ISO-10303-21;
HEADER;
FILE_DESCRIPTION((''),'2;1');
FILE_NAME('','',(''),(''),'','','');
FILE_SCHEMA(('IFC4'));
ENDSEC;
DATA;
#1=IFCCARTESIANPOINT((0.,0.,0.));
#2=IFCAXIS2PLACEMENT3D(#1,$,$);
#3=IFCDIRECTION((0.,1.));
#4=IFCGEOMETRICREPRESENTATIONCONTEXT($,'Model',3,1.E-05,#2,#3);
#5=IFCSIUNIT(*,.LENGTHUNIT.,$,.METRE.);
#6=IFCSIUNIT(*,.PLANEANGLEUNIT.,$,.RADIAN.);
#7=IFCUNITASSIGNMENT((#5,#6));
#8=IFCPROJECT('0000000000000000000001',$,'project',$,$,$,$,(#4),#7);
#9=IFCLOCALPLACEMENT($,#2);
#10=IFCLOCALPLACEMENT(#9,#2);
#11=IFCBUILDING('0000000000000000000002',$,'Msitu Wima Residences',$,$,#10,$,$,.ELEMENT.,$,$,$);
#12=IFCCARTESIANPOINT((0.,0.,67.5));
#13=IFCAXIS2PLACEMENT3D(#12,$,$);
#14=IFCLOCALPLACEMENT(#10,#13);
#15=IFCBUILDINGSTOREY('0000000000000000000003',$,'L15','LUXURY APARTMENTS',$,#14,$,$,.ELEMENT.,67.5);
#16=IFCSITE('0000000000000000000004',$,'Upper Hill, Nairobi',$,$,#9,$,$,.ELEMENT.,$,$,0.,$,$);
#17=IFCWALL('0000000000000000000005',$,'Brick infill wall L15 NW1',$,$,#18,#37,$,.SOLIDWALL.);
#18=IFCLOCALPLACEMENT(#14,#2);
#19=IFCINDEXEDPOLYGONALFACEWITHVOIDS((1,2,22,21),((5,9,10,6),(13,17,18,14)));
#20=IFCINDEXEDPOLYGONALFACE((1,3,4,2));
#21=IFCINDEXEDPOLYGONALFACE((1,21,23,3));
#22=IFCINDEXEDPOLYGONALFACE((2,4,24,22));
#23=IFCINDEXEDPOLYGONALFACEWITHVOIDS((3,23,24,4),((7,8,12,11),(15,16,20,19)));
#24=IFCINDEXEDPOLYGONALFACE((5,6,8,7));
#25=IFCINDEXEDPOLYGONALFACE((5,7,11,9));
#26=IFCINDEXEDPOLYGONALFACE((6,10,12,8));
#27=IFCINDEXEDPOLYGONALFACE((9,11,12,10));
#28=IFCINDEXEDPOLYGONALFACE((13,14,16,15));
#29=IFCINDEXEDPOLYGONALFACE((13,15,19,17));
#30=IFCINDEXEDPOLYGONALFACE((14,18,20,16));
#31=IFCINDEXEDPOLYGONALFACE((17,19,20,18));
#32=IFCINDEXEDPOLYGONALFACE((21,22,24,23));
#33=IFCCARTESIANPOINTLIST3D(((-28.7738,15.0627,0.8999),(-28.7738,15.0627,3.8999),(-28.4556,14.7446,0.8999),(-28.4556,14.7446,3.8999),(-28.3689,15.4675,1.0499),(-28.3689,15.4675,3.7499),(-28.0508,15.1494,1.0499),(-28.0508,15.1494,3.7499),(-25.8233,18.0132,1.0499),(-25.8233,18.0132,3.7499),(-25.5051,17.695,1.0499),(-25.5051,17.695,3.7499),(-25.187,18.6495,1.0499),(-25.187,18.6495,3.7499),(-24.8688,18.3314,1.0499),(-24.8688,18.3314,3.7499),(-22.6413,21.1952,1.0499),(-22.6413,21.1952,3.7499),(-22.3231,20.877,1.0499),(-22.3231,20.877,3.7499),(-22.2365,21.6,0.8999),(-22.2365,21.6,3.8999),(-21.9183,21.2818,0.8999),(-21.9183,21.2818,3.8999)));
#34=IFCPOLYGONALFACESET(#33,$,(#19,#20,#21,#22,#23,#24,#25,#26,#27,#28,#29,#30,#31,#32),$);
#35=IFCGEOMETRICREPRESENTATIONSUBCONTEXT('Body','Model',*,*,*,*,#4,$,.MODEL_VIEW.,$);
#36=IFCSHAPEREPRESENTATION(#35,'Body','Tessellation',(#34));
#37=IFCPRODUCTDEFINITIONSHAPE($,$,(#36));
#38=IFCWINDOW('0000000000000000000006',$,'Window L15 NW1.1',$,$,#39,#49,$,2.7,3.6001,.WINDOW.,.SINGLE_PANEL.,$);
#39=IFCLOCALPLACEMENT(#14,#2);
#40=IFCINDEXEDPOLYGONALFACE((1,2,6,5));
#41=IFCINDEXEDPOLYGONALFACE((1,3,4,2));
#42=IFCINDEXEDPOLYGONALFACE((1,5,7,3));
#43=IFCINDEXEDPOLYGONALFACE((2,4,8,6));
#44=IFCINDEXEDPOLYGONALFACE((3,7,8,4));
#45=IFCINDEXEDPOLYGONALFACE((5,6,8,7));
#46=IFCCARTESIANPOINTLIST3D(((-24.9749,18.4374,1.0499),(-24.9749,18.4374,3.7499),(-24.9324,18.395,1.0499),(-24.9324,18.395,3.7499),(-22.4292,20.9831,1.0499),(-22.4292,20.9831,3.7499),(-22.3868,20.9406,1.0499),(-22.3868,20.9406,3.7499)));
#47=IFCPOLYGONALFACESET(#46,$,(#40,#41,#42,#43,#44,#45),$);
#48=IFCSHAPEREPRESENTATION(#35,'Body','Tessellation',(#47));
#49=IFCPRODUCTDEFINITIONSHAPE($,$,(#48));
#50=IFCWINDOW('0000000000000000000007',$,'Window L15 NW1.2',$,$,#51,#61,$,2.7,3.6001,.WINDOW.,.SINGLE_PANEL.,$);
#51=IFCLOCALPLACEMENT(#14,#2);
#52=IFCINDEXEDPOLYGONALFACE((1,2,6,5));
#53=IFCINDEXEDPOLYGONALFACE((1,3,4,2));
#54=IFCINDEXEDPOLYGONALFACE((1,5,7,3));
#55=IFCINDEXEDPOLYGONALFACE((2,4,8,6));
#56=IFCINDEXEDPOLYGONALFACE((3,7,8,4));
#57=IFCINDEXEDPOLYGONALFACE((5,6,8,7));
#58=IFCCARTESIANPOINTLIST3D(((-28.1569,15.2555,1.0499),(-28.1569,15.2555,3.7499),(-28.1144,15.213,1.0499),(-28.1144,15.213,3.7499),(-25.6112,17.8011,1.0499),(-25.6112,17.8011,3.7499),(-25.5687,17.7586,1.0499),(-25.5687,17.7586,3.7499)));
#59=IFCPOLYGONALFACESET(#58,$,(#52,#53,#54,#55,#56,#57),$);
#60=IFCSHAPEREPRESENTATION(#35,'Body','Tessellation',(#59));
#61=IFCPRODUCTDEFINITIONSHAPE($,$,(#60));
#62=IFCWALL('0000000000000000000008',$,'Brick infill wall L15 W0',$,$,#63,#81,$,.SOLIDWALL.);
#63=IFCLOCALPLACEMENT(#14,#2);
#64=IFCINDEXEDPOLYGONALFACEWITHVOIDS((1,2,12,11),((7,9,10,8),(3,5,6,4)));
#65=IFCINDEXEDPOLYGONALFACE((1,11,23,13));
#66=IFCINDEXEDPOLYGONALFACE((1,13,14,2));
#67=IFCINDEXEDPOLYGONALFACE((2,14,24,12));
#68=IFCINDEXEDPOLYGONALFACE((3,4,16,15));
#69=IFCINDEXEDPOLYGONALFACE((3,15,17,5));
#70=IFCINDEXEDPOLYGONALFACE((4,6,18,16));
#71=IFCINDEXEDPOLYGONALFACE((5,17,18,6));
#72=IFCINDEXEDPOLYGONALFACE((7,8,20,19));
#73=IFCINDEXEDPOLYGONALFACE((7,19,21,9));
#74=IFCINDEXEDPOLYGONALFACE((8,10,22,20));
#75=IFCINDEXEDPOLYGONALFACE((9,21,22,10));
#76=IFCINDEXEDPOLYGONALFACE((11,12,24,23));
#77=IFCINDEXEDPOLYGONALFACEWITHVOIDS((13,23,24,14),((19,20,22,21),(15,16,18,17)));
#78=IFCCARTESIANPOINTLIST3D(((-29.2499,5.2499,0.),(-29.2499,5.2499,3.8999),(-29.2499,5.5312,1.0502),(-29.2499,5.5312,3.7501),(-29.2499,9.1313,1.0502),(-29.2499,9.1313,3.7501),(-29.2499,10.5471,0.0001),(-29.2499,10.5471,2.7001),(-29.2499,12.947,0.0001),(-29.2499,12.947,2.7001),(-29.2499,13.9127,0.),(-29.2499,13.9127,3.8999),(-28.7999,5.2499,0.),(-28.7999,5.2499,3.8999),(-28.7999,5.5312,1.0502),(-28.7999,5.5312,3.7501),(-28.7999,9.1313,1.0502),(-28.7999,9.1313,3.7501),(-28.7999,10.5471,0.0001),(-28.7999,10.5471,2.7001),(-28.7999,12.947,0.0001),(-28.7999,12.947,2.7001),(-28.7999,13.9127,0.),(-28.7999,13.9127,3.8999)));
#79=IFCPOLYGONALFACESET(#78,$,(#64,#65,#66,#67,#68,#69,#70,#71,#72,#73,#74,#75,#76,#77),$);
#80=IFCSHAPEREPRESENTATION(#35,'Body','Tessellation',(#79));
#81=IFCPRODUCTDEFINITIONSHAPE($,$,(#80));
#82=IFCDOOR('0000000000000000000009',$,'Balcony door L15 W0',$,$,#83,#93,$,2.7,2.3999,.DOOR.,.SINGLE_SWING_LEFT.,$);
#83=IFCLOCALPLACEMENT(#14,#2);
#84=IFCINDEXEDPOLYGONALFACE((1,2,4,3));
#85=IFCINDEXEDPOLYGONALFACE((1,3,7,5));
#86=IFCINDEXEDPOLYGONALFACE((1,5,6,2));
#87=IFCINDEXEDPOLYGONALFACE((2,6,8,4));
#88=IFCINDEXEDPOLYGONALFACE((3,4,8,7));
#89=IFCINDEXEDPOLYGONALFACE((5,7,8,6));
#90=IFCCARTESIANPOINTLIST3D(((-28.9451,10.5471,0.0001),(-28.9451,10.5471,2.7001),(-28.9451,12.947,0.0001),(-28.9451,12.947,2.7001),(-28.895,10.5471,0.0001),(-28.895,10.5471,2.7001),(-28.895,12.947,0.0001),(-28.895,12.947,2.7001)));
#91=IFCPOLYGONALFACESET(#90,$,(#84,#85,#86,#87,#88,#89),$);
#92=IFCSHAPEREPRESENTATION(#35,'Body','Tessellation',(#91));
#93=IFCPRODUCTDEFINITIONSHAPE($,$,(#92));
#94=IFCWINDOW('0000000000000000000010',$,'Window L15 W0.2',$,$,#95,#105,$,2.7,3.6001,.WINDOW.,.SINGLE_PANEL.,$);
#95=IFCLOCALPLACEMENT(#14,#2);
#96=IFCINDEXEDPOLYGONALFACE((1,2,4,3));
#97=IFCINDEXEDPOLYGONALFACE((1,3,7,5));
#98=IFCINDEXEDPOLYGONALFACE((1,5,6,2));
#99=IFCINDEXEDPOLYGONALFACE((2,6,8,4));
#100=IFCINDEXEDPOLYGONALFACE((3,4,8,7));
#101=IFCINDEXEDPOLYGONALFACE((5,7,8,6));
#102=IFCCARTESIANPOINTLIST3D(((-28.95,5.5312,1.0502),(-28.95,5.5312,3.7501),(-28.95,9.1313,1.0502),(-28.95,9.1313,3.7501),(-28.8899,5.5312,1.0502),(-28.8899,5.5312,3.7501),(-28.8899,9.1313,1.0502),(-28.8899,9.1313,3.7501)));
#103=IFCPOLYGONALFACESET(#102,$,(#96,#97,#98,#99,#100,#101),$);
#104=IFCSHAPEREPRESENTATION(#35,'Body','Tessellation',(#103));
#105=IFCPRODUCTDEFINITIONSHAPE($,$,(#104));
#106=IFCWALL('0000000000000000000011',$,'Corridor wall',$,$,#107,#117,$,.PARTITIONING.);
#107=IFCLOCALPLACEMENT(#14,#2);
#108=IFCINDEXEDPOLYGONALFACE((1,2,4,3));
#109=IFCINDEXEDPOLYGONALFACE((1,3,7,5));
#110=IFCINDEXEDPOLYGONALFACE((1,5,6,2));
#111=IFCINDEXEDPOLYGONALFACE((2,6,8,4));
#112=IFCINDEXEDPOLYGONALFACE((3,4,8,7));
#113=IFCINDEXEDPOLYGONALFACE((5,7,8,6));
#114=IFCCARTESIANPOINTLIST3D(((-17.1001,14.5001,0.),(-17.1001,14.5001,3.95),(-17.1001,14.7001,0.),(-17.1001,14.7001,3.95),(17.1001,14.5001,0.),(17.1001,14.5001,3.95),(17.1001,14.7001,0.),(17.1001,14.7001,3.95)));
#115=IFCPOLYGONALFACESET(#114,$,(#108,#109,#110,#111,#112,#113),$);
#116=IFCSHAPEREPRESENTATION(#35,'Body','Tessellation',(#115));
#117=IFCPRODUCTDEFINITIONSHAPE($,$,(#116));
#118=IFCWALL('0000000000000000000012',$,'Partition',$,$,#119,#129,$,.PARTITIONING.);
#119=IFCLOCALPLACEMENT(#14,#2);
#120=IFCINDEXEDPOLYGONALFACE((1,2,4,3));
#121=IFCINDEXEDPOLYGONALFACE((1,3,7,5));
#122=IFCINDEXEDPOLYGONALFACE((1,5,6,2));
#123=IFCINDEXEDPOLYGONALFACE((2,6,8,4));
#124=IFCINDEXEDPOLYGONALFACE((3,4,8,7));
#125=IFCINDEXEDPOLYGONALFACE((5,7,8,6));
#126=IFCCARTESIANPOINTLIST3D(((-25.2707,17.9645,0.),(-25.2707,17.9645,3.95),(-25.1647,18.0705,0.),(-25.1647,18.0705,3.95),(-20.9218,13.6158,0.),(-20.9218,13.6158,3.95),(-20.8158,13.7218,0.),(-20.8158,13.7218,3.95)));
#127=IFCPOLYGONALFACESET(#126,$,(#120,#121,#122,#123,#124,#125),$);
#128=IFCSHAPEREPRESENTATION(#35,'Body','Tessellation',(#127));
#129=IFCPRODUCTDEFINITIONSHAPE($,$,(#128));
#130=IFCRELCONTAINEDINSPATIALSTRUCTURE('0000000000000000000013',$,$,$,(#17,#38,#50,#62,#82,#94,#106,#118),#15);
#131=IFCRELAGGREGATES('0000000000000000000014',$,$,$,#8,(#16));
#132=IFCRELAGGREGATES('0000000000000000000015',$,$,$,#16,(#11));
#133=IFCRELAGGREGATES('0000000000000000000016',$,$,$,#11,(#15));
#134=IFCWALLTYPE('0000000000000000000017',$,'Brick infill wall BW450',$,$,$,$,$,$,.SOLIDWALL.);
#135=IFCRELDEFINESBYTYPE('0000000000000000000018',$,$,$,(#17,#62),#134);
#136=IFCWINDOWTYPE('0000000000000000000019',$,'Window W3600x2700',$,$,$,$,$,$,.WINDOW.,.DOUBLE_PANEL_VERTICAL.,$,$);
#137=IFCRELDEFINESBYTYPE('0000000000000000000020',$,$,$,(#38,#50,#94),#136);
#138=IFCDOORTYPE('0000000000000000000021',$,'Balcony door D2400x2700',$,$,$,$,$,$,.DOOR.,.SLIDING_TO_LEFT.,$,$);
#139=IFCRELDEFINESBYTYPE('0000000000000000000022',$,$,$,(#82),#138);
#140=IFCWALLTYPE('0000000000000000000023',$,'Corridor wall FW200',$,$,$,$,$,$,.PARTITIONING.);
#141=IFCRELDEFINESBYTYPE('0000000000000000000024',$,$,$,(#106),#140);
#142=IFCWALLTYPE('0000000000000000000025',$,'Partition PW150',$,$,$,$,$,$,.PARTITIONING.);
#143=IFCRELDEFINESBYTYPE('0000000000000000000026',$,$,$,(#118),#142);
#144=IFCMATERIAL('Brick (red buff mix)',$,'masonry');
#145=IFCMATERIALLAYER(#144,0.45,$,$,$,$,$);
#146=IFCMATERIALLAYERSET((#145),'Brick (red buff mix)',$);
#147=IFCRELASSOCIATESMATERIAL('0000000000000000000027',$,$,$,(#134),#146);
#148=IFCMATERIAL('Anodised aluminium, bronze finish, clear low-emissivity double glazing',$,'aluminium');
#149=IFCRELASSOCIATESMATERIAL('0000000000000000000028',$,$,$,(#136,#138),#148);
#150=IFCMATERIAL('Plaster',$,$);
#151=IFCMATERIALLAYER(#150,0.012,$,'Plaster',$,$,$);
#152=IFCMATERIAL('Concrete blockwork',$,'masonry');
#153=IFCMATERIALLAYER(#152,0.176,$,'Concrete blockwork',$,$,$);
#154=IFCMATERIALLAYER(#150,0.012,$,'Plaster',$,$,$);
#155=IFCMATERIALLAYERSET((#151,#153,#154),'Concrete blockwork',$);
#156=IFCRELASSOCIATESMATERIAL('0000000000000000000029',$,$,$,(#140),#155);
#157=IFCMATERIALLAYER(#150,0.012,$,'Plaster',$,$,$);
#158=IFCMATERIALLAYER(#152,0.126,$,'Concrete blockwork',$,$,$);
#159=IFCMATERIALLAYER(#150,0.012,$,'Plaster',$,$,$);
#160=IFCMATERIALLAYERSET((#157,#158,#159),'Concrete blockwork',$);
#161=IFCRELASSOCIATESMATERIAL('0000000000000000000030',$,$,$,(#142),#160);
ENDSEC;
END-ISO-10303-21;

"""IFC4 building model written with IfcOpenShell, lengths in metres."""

from ifc_helpers import new_model, si_unit, direction, frame, frame_2d, origin, place, context, subcontext, project, spatial, rectangle, extrude, material, layer, layer_set, type_object, element, fill, save


model = new_model("IFC4")

# Units and contexts
model_context = context("Model", 3, precision=1e-05, world=origin(), true_north=direction((0.0, 1.0)))
body_context = subcontext(model_context, "Body", "Model", "MODEL_VIEW")
ifc_project = project(units=[si_unit("LENGTHUNIT", "METRE"), si_unit("PLANEANGLEUNIT", "RADIAN")], contexts=[model_context])

# Site, building, storey
site_placement = place(None, origin())
site = spatial("IfcSite", under=ifc_project, at=site_placement, Name="Upper Hill, Nairobi", CompositionType="ELEMENT", RefElevation=0.0)
building_placement = place(site_placement, origin())
building = spatial("IfcBuilding", under=site, at=building_placement, Name="Msitu Wima Residences", CompositionType="ELEMENT")
storey_placement = place(building_placement, frame((0.0, 0.0, 67.5)))
storey = spatial("IfcBuildingStorey", under=building, at=storey_placement, Name="L15", Description="LUXURY APARTMENTS", CompositionType="ELEMENT", Elevation=67.5)

# Wall, openings, windows
ifc_material_1 = material(Name="Brick (red buff mix)", Category="masonry")
ifc_layer_1 = layer(ifc_material_1, 0.45)
ifc_layer_set_1 = layer_set([ifc_layer_1], Name="Brick (red buff mix)")
wall_type_1 = type_object("IfcWallType", Name="Brick infill wall BW450", PredefinedType="SOLIDWALL", material=ifc_layer_set_1)
wall_1_placement = place(storey_placement, frame((-22.0774, 21.4409, 0.8999), z_axis=(0.0, 0.0, 1.0), x_axis=(-0.707107, -0.707107, 0.0)))
wall_1 = element("IfcWall", 1, at=wall_1_placement, inside=storey, type_object=wall_type_1, Name="Brick infill wall L15 NW1", PredefinedType="SOLIDWALL", context=body_context, shape_type="SweptSolid", body=[
    extrude(rectangle(XDim=9.2451, YDim=0.45, at=frame_2d((4.6226, 0.0))), origin(), (0.0, 0.0, 1.0), 3.0),
])
opening_1_placement = place(wall_1_placement, frame((0.5725, 0.0, 0.1499)))
opening_1 = element("IfcOpeningElement", 2, at=opening_1_placement, cuts=wall_1, PredefinedType="OPENING", context=body_context, shape_type="SweptSolid", body=[
    extrude(rectangle(XDim=3.6001, YDim=2.7, at=frame_2d((1.8, 1.3501))), frame((0.0, 0.2349, 0.0), z_axis=(0.0, -1.0, 0.0), x_axis=(1.0, 0.0, 0.0)), (0.0, 0.0, 1.0), 0.47),
])
opening_2_placement = place(wall_1_placement, frame((5.0725, 0.0, 0.1499)))
opening_2 = element("IfcOpeningElement", 3, at=opening_2_placement, cuts=wall_1, PredefinedType="OPENING", context=body_context, shape_type="SweptSolid", body=[
    extrude(rectangle(XDim=3.6001, YDim=2.7, at=frame_2d((1.8, 1.3501))), frame((0.0, 0.2349, 0.0), z_axis=(0.0, -1.0, 0.0), x_axis=(1.0, 0.0, 0.0)), (0.0, 0.0, 1.0), 0.47),
])
ifc_material_2 = material(Name="Anodised aluminium, bronze finish, clear low-emissivity double glazing", Category="aluminium")
window_type = type_object("IfcWindowType", Name="Window W3600x2700", PartitioningType="DOUBLE_PANEL_VERTICAL", PredefinedType="WINDOW", material=ifc_material_2)
window_1_placement = place(opening_1_placement, origin())
window_1 = element("IfcWindow", 4, at=window_1_placement, inside=storey, type_object=window_type, Name="Window L15 NW1.1", OverallHeight=2.7, OverallWidth=3.6001, PartitioningType="SINGLE_PANEL", PredefinedType="WINDOW", context=body_context, shape_type="SweptSolid", body=[
    extrude(rectangle(XDim=3.6001, YDim=2.7, at=frame_2d((1.8, 1.3501))), frame((0.0, 0.135, 0.0), z_axis=(0.0, -1.0, 0.0), x_axis=(1.0, 0.0, 0.0)), (0.0, 0.0, 1.0), 0.0601),
])
fill(opening_1, window_1)
window_2_placement = place(opening_2_placement, origin())
window_2 = element("IfcWindow", 5, at=window_2_placement, inside=storey, type_object=window_type, Name="Window L15 NW1.2", OverallHeight=2.7, OverallWidth=3.6001, PartitioningType="SINGLE_PANEL", PredefinedType="WINDOW", context=body_context, shape_type="SweptSolid", body=[
    extrude(rectangle(XDim=3.6001, YDim=2.7, at=frame_2d((1.8, 1.3501))), frame((0.0, 0.135, 0.0), z_axis=(0.0, -1.0, 0.0), x_axis=(1.0, 0.0, 0.0)), (0.0, 0.0, 1.0), 0.0601),
])
fill(opening_2, window_2)

# Wall, openings, door, window
wall_2_placement = place(storey_placement, frame((-29.0249, 13.9128, 0.0), z_axis=(0.0, 0.0, 1.0), x_axis=(0.0, -1.0, 0.0)))
wall_2 = element("IfcWall", 6, at=wall_2_placement, inside=storey, type_object=wall_type_1, Name="Brick infill wall L15 W0", PredefinedType="SOLIDWALL", context=body_context, shape_type="SweptSolid", body=[
    extrude(rectangle(XDim=8.6628, YDim=0.45, at=frame_2d((4.3315, 0.0))), origin(), (0.0, 0.0, 1.0), 3.8999),
])
opening_3_placement = place(wall_2_placement, frame((0.9658, 0.0, 0.0)))
opening_3 = element("IfcOpeningElement", 7, at=opening_3_placement, cuts=wall_2, PredefinedType="OPENING", context=body_context, shape_type="SweptSolid", body=[
    extrude(rectangle(XDim=2.3999, YDim=2.7, at=frame_2d((1.2, 1.3501))), frame((0.0, 0.2349, 0.0), z_axis=(0.0, -1.0, 0.0), x_axis=(1.0, 0.0, 0.0)), (0.0, 0.0, 1.0), 0.47),
])
opening_4_placement = place(wall_2_placement, frame((4.7815, 0.0, 1.05)))
opening_4 = element("IfcOpeningElement", 8, at=opening_4_placement, cuts=wall_2, PredefinedType="OPENING", context=body_context, shape_type="SweptSolid", body=[
    extrude(rectangle(XDim=3.6001, YDim=2.7, at=frame_2d((1.8, 1.3501))), frame((0.0, 0.2349, 0.0), z_axis=(0.0, -1.0, 0.0), x_axis=(1.0, 0.0, 0.0)), (0.0, 0.0, 1.0), 0.47),
])
door_type_1 = type_object("IfcDoorType", Name="Balcony door D2400x2700", OperationType="SLIDING_TO_LEFT", PredefinedType="DOOR", material=ifc_material_2)
door_1_placement = place(opening_3_placement, origin())
door_1 = element("IfcDoor", 9, at=door_1_placement, inside=storey, type_object=door_type_1, Name="Balcony door L15 W0", OperationType="SINGLE_SWING_LEFT", OverallHeight=2.7, OverallWidth=2.3999, PredefinedType="DOOR", context=body_context, shape_type="SweptSolid", body=[
    extrude(rectangle(XDim=2.3999, YDim=2.7, at=frame_2d((1.2, 1.3501))), frame((0.0, 0.1299, 0.0), z_axis=(0.0, -1.0, 0.0), x_axis=(1.0, 0.0, 0.0)), (0.0, 0.0, 1.0), 0.05),
])
fill(opening_3, door_1)
window_3_placement = place(opening_4_placement, origin())
window_3 = element("IfcWindow", 10, at=window_3_placement, inside=storey, type_object=window_type, Name="Window L15 W0.2", OverallHeight=2.7, OverallWidth=3.6001, PartitioningType="SINGLE_PANEL", PredefinedType="WINDOW", context=body_context, shape_type="SweptSolid", body=[
    extrude(rectangle(XDim=3.6001, YDim=2.7, at=frame_2d((1.8, 1.3501))), frame((0.0, 0.135, 0.0), z_axis=(0.0, -1.0, 0.0), x_axis=(1.0, 0.0, 0.0)), (0.0, 0.0, 1.0), 0.0601),
])
fill(opening_4, window_3)

# Walls
ifc_material_3 = material(Name="Plaster")
ifc_layer_2 = layer(ifc_material_3, 0.012, Name="Plaster")
ifc_material_4 = material(Name="Concrete blockwork", Category="masonry")
ifc_layer_3 = layer(ifc_material_4, 0.176, Name="Concrete blockwork")
ifc_layer_4 = layer(ifc_material_3, 0.012, Name="Plaster")
ifc_layer_set_2 = layer_set([ifc_layer_2, ifc_layer_3, ifc_layer_4], Name="Concrete blockwork")
wall_type_2 = type_object("IfcWallType", Name="Corridor wall FW200", PredefinedType="PARTITIONING", material=ifc_layer_set_2)
wall_3_placement = place(storey_placement, frame((-17.1001, 14.6001, 0.0), z_axis=(0.0, 0.0, 1.0), x_axis=(1.0, 0.0, 0.0)))
element("IfcWall", 11, at=wall_3_placement, inside=storey, type_object=wall_type_2, Name="Corridor wall", PredefinedType="PARTITIONING", context=body_context, shape_type="SweptSolid", body=[
    extrude(rectangle(XDim=34.2002, YDim=0.2, at=frame_2d((17.1001, 0.0))), origin(), (0.0, 0.0, 1.0), 3.95),
])
ifc_layer_5 = layer(ifc_material_3, 0.012, Name="Plaster")
ifc_layer_6 = layer(ifc_material_4, 0.126, Name="Concrete blockwork")
ifc_layer_7 = layer(ifc_material_3, 0.012, Name="Plaster")
ifc_layer_set_3 = layer_set([ifc_layer_5, ifc_layer_6, ifc_layer_7], Name="Concrete blockwork")
wall_type_3 = type_object("IfcWallType", Name="Partition PW150", PredefinedType="PARTITIONING", material=ifc_layer_set_3)
wall_4_placement = place(storey_placement, frame((-25.2178, 18.0176, 0.0), z_axis=(0.0, 0.0, 1.0), x_axis=(0.707127, -0.707087, 0.0)))
element("IfcWall", 12, at=wall_4_placement, inside=storey, type_object=wall_type_3, Name="Partition", PredefinedType="PARTITIONING", context=body_context, shape_type="SweptSolid", body=[
    extrude(rectangle(XDim=6.1501, YDim=0.1499, at=frame_2d((3.0752, 0.0))), origin(), (0.0, 0.0, 1.0), 3.95),
])

save(model, "model.ifc")
